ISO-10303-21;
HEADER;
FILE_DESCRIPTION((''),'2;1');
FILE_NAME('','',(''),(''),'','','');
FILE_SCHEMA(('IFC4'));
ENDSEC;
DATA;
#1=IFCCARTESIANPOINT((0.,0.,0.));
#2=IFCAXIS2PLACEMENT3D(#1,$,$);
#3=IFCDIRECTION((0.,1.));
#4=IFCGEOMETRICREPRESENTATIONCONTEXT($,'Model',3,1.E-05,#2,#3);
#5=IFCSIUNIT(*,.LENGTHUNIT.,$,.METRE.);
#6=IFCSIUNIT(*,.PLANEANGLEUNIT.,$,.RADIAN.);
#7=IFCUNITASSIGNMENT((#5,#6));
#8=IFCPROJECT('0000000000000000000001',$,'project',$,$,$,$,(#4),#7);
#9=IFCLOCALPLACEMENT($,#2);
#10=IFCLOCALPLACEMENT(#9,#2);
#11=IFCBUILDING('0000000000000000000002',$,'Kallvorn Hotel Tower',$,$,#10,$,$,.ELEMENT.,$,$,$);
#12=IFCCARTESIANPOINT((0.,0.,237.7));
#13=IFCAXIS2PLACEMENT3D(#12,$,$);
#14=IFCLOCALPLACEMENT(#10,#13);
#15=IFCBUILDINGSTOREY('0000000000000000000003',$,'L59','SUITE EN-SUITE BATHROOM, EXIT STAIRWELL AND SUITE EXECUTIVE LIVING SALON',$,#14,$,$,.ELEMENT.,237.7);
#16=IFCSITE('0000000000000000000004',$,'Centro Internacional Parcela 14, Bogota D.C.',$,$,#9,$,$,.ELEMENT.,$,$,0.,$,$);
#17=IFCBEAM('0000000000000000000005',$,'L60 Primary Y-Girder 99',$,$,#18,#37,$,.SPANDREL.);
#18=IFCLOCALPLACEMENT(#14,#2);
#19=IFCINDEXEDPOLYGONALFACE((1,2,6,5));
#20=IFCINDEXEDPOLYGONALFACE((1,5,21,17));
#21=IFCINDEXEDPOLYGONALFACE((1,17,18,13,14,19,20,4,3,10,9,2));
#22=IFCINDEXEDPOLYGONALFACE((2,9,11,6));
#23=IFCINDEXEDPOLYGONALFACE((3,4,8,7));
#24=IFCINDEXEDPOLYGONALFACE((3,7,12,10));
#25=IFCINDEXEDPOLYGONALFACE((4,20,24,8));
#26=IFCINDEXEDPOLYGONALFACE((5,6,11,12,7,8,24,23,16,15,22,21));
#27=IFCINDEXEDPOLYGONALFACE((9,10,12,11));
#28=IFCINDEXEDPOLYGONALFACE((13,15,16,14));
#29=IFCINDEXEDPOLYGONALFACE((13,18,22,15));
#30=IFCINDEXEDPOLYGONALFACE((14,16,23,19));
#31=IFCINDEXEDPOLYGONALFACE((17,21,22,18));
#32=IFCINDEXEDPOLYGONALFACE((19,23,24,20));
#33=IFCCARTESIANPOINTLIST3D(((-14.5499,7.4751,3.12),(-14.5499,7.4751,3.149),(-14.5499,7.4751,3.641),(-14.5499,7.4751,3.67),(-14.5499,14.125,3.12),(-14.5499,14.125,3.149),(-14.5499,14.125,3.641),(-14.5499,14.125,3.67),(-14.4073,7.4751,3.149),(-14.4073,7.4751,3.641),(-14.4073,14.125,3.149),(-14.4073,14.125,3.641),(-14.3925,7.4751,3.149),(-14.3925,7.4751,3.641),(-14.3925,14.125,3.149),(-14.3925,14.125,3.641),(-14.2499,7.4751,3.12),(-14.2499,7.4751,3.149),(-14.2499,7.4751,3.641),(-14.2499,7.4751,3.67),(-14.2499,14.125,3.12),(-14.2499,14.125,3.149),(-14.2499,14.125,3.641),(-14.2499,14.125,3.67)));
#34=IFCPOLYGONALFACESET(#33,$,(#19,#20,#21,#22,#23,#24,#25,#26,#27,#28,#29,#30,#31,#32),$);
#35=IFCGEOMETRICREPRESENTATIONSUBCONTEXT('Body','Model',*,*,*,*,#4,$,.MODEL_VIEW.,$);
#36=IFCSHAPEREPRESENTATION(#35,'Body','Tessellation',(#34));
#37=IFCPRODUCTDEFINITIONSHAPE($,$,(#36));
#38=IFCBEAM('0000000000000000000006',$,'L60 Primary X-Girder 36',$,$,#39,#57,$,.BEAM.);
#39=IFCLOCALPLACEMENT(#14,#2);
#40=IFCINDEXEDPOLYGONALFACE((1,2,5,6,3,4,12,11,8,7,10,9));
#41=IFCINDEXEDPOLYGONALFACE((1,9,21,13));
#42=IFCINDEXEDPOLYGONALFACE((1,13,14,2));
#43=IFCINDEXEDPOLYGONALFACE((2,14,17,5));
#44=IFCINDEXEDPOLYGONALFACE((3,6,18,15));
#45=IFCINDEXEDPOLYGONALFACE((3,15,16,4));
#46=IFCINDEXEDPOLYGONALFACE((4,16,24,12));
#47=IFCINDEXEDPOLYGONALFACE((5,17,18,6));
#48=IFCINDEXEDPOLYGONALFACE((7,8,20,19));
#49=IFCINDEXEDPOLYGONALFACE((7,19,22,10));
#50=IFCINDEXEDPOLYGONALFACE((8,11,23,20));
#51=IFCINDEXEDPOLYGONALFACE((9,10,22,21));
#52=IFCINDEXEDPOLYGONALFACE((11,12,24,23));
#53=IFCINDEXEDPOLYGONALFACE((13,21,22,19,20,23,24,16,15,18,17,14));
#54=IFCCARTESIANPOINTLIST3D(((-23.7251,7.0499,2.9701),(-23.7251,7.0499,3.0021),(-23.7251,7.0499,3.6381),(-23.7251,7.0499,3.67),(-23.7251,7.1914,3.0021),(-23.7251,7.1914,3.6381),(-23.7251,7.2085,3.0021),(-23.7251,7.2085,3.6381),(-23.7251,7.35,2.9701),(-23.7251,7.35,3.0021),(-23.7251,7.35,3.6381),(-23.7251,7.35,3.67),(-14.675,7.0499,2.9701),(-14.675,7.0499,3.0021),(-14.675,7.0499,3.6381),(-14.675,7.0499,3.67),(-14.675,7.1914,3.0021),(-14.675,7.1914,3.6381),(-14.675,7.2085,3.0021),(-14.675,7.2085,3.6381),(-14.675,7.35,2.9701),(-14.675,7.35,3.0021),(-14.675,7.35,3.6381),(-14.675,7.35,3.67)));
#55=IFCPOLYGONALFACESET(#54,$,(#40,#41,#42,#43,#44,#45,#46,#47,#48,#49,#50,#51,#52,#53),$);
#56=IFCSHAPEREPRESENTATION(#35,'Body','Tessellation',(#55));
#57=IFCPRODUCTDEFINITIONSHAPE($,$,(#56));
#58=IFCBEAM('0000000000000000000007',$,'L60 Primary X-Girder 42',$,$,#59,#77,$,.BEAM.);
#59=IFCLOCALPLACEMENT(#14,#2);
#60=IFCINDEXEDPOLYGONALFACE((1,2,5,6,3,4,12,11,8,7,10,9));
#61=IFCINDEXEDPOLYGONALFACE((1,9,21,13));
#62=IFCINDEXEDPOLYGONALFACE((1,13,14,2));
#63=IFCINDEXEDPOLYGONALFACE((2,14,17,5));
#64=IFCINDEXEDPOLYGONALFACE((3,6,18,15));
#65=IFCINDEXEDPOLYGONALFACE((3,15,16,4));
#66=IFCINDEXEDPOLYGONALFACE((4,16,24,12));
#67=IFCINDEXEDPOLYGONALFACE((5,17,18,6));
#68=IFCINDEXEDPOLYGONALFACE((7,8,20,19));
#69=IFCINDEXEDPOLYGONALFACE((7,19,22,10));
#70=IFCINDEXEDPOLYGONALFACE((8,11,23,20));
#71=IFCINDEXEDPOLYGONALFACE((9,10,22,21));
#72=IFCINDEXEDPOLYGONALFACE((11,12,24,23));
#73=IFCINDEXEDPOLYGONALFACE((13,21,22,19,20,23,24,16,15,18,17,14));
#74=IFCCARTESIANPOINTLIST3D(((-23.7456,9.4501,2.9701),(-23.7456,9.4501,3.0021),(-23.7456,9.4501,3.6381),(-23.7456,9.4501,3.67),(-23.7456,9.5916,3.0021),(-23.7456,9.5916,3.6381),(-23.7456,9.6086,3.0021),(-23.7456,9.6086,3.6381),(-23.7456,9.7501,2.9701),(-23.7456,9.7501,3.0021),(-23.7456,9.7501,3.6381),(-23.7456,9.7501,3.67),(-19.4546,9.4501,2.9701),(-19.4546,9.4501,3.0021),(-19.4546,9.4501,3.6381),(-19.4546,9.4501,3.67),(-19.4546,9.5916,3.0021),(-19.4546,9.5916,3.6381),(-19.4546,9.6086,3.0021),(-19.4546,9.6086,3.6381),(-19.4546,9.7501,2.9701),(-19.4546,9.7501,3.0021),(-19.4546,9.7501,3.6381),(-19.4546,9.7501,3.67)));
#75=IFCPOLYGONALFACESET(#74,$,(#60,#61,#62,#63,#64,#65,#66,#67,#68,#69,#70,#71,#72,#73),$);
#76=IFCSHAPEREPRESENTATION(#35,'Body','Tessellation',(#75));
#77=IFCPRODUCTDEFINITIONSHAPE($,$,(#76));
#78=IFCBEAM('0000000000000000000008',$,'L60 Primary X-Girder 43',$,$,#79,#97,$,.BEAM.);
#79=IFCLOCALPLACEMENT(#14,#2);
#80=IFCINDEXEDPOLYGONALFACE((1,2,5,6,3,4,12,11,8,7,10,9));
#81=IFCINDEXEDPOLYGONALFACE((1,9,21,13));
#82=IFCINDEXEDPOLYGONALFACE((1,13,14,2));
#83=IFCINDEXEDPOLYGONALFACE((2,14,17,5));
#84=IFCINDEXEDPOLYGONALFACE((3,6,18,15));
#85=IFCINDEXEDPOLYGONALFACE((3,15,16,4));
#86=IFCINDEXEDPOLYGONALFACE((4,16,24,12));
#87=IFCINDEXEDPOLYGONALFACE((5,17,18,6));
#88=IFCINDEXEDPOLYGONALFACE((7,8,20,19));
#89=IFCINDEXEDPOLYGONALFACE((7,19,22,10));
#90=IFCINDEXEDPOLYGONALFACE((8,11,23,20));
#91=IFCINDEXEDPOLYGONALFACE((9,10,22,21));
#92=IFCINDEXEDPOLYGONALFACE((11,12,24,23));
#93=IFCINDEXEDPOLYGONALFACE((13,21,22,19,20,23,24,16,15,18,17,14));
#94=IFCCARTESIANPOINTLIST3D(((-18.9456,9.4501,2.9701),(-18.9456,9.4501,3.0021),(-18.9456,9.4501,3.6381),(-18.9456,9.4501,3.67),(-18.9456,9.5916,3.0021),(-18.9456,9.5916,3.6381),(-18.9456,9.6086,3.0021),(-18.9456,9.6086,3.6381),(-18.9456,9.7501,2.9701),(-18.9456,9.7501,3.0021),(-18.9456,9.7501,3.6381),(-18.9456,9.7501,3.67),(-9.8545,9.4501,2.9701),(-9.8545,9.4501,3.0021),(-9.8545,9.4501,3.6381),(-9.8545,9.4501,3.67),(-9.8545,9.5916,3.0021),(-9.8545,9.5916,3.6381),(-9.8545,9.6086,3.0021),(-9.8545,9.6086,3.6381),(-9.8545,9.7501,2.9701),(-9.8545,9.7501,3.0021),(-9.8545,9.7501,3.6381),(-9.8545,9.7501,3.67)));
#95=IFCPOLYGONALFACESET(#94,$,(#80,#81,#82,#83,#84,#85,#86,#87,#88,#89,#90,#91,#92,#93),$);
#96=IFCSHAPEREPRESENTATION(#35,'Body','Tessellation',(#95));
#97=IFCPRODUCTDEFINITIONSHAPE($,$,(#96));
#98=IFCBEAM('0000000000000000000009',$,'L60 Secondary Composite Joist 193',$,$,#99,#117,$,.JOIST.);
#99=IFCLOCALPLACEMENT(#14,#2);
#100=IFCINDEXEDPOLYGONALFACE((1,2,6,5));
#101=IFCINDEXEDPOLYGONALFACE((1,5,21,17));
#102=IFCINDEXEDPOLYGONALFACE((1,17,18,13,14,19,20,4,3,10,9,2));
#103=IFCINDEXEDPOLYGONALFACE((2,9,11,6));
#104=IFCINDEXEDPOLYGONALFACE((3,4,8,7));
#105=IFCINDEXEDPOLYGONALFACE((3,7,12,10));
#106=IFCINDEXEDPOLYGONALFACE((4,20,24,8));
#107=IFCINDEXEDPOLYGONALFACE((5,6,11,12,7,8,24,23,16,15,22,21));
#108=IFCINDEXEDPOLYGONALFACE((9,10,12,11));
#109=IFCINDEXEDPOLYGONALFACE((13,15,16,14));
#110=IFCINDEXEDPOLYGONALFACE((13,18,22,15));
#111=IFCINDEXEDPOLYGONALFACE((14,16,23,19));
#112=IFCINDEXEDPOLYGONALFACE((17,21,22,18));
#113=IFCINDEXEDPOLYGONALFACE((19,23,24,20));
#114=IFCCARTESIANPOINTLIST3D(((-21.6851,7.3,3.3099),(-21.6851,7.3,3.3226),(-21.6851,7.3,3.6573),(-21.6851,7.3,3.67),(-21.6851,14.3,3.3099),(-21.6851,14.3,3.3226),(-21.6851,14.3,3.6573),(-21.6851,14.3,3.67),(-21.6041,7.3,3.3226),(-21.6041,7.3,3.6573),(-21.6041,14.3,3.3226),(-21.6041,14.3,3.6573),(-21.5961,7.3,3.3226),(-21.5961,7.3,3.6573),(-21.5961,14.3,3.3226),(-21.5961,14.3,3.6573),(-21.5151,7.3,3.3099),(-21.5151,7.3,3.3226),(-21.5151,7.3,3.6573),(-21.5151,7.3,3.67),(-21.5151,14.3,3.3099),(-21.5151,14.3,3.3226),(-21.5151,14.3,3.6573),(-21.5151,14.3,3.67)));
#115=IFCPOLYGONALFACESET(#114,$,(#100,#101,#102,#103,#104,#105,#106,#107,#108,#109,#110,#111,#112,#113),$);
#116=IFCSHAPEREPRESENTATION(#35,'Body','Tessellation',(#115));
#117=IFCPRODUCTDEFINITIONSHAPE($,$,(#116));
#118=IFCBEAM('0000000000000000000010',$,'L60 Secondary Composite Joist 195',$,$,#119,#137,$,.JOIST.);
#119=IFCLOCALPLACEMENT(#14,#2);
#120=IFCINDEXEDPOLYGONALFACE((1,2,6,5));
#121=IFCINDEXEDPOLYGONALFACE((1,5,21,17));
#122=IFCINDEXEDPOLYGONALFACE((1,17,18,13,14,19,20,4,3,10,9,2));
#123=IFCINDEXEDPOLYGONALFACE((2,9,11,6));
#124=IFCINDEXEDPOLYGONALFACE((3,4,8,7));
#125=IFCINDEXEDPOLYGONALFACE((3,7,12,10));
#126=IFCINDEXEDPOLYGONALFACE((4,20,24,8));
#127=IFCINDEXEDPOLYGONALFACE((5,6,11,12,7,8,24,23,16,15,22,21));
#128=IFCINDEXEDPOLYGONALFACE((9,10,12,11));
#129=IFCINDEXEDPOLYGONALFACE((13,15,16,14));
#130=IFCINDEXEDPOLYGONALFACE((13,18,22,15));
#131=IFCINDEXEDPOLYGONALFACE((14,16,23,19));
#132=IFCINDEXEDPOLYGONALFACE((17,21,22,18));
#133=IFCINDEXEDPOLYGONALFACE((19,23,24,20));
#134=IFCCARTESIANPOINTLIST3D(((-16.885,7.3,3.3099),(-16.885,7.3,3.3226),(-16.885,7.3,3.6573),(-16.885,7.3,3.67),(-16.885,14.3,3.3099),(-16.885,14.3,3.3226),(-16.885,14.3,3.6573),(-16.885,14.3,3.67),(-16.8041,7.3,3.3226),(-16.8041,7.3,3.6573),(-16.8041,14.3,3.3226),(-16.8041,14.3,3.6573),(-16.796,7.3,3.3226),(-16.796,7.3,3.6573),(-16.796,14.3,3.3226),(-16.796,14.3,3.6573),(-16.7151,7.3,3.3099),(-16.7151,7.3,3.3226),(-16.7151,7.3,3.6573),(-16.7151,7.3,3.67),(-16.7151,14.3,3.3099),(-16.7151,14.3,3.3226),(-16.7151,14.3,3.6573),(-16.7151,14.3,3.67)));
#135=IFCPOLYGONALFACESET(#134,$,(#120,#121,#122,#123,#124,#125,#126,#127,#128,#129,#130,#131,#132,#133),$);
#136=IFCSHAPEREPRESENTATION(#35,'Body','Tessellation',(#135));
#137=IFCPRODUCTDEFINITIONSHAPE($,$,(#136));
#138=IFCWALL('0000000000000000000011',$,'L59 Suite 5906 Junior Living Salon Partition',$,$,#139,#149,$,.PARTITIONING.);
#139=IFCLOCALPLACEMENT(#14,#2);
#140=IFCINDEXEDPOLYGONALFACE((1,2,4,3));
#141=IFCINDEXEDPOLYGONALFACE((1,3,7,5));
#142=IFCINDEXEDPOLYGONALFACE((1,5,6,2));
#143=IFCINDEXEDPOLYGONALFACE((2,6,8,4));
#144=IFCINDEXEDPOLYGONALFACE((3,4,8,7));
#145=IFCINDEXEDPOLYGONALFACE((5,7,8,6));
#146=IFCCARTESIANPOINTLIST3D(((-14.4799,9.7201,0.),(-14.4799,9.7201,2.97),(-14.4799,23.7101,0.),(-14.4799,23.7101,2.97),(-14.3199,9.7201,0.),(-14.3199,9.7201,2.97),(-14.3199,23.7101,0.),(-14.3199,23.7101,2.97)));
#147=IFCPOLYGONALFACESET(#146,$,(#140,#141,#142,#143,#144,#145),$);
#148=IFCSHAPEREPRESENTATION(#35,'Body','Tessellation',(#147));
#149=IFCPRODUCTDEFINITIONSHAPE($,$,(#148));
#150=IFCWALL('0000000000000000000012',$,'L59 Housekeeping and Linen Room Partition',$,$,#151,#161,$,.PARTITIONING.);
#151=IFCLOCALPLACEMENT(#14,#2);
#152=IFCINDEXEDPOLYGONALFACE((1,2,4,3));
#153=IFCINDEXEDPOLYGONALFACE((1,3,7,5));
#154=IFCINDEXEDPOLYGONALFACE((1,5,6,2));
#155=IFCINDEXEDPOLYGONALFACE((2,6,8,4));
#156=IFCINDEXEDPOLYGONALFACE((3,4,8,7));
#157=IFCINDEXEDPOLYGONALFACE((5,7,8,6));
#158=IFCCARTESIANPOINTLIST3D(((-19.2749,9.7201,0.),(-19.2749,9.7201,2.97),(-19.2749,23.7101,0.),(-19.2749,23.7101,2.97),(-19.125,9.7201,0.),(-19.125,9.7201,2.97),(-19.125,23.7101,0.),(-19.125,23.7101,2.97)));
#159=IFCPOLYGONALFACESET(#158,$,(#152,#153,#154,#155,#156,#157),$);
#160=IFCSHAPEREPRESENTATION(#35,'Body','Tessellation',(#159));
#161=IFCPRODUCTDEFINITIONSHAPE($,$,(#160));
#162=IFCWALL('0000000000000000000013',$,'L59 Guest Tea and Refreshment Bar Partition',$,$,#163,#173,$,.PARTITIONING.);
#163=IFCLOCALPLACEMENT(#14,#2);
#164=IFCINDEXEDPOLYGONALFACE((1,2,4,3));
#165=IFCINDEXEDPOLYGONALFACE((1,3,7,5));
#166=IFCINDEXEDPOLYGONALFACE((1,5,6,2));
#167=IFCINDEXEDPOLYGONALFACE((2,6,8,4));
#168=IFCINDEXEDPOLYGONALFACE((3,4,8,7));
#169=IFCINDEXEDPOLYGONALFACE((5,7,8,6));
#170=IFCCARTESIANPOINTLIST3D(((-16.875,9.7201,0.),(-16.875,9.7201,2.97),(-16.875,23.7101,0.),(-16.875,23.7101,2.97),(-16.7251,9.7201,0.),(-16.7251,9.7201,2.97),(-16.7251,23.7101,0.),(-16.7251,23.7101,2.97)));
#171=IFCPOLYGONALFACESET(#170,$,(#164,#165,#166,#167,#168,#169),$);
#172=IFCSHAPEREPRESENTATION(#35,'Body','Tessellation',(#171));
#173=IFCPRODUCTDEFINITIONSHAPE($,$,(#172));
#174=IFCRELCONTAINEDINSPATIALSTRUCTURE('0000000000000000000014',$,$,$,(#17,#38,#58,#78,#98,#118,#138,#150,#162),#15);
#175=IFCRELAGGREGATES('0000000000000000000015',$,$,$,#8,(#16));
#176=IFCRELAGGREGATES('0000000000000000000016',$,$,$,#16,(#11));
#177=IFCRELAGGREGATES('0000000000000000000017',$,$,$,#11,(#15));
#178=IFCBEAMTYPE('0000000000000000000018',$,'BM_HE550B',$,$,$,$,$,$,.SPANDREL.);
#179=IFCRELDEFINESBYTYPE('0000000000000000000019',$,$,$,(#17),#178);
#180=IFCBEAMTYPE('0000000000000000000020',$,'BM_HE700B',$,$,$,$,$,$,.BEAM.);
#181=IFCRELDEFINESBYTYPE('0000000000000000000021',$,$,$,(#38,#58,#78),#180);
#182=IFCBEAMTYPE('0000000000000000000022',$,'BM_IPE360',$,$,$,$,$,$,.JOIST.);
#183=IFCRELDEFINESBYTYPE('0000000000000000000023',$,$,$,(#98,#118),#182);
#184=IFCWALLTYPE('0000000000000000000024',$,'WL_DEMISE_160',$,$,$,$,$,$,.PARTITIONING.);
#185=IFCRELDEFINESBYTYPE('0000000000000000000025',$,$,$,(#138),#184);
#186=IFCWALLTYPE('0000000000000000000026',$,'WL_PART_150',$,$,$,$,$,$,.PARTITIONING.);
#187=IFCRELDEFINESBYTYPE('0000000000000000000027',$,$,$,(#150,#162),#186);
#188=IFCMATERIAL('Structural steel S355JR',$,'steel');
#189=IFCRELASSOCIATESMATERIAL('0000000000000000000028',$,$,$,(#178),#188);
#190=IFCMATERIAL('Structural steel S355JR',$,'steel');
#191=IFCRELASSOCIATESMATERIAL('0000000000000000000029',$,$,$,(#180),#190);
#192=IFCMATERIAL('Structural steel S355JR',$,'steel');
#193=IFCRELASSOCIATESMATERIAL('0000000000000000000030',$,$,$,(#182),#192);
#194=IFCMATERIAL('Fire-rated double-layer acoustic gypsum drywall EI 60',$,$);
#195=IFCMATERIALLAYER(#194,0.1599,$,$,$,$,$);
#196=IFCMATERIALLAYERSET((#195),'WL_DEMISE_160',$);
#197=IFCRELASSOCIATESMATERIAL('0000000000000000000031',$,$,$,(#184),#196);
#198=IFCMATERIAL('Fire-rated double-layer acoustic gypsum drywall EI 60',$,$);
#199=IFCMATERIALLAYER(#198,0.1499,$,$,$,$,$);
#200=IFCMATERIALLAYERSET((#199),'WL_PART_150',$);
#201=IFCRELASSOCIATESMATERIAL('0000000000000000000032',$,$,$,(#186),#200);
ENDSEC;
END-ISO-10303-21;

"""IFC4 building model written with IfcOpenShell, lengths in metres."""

from ifc_helpers import new_model, si_unit, direction, frame, frame_2d, origin, origin_2d, place, context, subcontext, project, spatial, rectangle, i_section, extrude, material, layer, layer_set, material_profile, profile_set, type_object, element, save


model = new_model("IFC4")

# Units and contexts
model_context = context("Model", 3, precision=1e-05, world=origin(), true_north=direction((0.0, 1.0)))
body_context = subcontext(model_context, "Body", "Model", "MODEL_VIEW")
ifc_project = project(units=[si_unit("LENGTHUNIT", "METRE"), si_unit("PLANEANGLEUNIT", "RADIAN")], contexts=[model_context])

# Site, building, storey
site_placement = place(None, origin())
site = spatial("IfcSite", under=ifc_project, at=site_placement, Name="Centro Internacional Parcela 14, Bogota D.C.", CompositionType="ELEMENT", RefElevation=0.0)
building_placement = place(site_placement, origin())
building = spatial("IfcBuilding", under=site, at=building_placement, Name="Kallvorn Hotel Tower", CompositionType="ELEMENT")
storey_placement = place(building_placement, frame((0.0, 0.0, 237.7)))
storey = spatial("IfcBuildingStorey", under=building, at=storey_placement, Name="L59", Description="SUITE EN-SUITE BATHROOM, EXIT STAIRWELL AND SUITE EXECUTIVE LIVING SALON", CompositionType="ELEMENT", Elevation=237.7)

# Beams
ifc_material_1 = material(Name="Structural steel S355JR", Category="steel")
ifc_material_profile_1 = material_profile(ifc_material_1, i_section(OverallWidth=0.3, OverallDepth=0.55, WebThickness=0.0149, FlangeThickness=0.0291, at=origin_2d()), Name="HE 550 B")
ifc_profile_set_1 = profile_set([ifc_material_profile_1], Name="Structural steel S355JR")
beam_type_1 = type_object("IfcBeamType", Name="BM_HE550B", PredefinedType="SPANDREL", material=ifc_profile_set_1)
beam_1_placement = place(storey_placement, frame((-14.3999, 7.4751, 3.395), z_axis=(0.0, 1.0, 0.0), x_axis=(-1.0, 0.0, 0.0)))
element("IfcBeam", 1, at=beam_1_placement, inside=storey, type_object=beam_type_1, Name="L60 Primary Y-Girder 99", PredefinedType="SPANDREL", context=body_context, shape_type="SweptSolid", body=[
    extrude(i_section(OverallWidth=0.3, OverallDepth=0.55, WebThickness=0.0149, FlangeThickness=0.0291, at=origin_2d()), origin(), (0.0, 0.0, 1.0), 6.6499),
])
ifc_material_2 = material(Name="Structural steel S355JR", Category="steel")
ifc_material_profile_2 = material_profile(ifc_material_2, i_section(OverallWidth=0.3, OverallDepth=0.7, WebThickness=0.0171, FlangeThickness=0.032, at=origin_2d()), Name="HE 700 B")
ifc_profile_set_2 = profile_set([ifc_material_profile_2], Name="Structural steel S355JR")
beam_type_2 = type_object("IfcBeamType", Name="BM_HE700B", PredefinedType="BEAM", material=ifc_profile_set_2)
beam_2_placement = place(storey_placement, frame((-23.7251, 7.2, 3.3201), z_axis=(1.0, 0.0, 0.0), x_axis=(0.0, 1.0, 0.0)))
element("IfcBeam", 2, at=beam_2_placement, inside=storey, type_object=beam_type_2, Name="L60 Primary X-Girder 36", PredefinedType="BEAM", context=body_context, shape_type="SweptSolid", body=[
    extrude(i_section(OverallWidth=0.3, OverallDepth=0.7, WebThickness=0.0171, FlangeThickness=0.032, at=origin_2d()), origin(), (0.0, 0.0, 1.0), 9.05),
])
beam_3_placement = place(storey_placement, frame((-23.7456, 9.6001, 3.3201), z_axis=(1.0, 0.0, 0.0), x_axis=(0.0, 1.0, 0.0)))
element("IfcBeam", 3, at=beam_3_placement, inside=storey, type_object=beam_type_2, Name="L60 Primary X-Girder 42", PredefinedType="BEAM", context=body_context, shape_type="SweptSolid", body=[
    extrude(i_section(OverallWidth=0.3, OverallDepth=0.7, WebThickness=0.0171, FlangeThickness=0.032, at=origin_2d()), origin(), (0.0, 0.0, 1.0), 4.291),
])
beam_4_placement = place(storey_placement, frame((-18.9456, 9.6001, 3.3201), z_axis=(1.0, 0.0, 0.0), x_axis=(0.0, 1.0, 0.0)))
element("IfcBeam", 4, at=beam_4_placement, inside=storey, type_object=beam_type_2, Name="L60 Primary X-Girder 43", PredefinedType="BEAM", context=body_context, shape_type="SweptSolid", body=[
    extrude(i_section(OverallWidth=0.3, OverallDepth=0.7, WebThickness=0.0171, FlangeThickness=0.032, at=origin_2d()), origin(), (0.0, 0.0, 1.0), 9.0911),
])
ifc_material_3 = material(Name="Structural steel S355JR", Category="steel")
ifc_material_profile_3 = material_profile(ifc_material_3, i_section(OverallWidth=0.1699, OverallDepth=0.3601, WebThickness=0.0081, FlangeThickness=0.0127, at=origin_2d()), Name="IPE 360")
ifc_profile_set_3 = profile_set([ifc_material_profile_3], Name="Structural steel S355JR")
beam_type_3 = type_object("IfcBeamType", Name="BM_IPE360", PredefinedType="JOIST", material=ifc_profile_set_3)
for number, where, z_axis, x_axis, name in (
    (5, (-21.6001, 7.3, 3.49), (0.0, 1.0, 0.0), (-1.0, 0.0, 0.0), "L60 Secondary Composite Joist 193"),
    (6, (-16.8, 7.3, 3.49), (0.0, 1.0, 0.0), (-1.0, 0.0, 0.0), "L60 Secondary Composite Joist 195"),
):
    element("IfcBeam", number, at=place(storey_placement, frame(where, z_axis=z_axis, x_axis=x_axis)), inside=storey, type_object=beam_type_3, Name=name, PredefinedType="JOIST", context=body_context, shape_type="SweptSolid", body=[
        extrude(i_section(OverallWidth=0.1699, OverallDepth=0.3601, WebThickness=0.0081, FlangeThickness=0.0127, at=origin_2d()), origin(), (0.0, 0.0, 1.0), 7.0),
    ])

# Shared definitions
ifc_material_4 = material(Name="Fire-rated double-layer acoustic gypsum drywall EI 60")
ifc_layer_1 = layer(ifc_material_4, 0.1599)
ifc_layer_set_1 = layer_set([ifc_layer_1], Name="WL_DEMISE_160")
wall_type_1 = type_object("IfcWallType", Name="WL_DEMISE_160", PredefinedType="PARTITIONING", material=ifc_layer_set_1)

# Walls
wall_1_placement = place(storey_placement, frame((-14.3999, 9.72, 0.0), z_axis=(0.0, 0.0, 1.0), x_axis=(0.0, 1.0, 0.0)))
element("IfcWall", 7, at=wall_1_placement, inside=storey, type_object=wall_type_1, Name="L59 Suite 5906 Junior Living Salon Partition", PredefinedType="PARTITIONING", context=body_context, shape_type="SweptSolid", body=[
    extrude(rectangle(XDim=13.99, YDim=0.1599, at=frame_2d((6.9951, 0.0))), origin(), (0.0, 0.0, 1.0), 2.97),
])
ifc_material_5 = material(Name="Fire-rated double-layer acoustic gypsum drywall EI 60")
ifc_layer_2 = layer(ifc_material_5, 0.1499)
ifc_layer_set_2 = layer_set([ifc_layer_2], Name="WL_PART_150")
wall_type_2 = type_object("IfcWallType", Name="WL_PART_150", PredefinedType="PARTITIONING", material=ifc_layer_set_2)
for number, where, z_axis, x_axis, name in (
    (8, (-19.2, 9.72, 0.0), (0.0, 0.0, 1.0), (0.0, 1.0, 0.0), "L59 Housekeeping and Linen Room Partition"),
    (9, (-16.8, 9.72, 0.0), (0.0, 0.0, 1.0), (0.0, 1.0, 0.0), "L59 Guest Tea and Refreshment Bar Partition"),
):
    element("IfcWall", number, at=place(storey_placement, frame(where, z_axis=z_axis, x_axis=x_axis)), inside=storey, type_object=wall_type_2, Name=name, PredefinedType="PARTITIONING", context=body_context, shape_type="SweptSolid", body=[
        extrude(rectangle(XDim=13.99, YDim=0.1499, at=frame_2d((6.9951, 0.0))), origin(), (0.0, 0.0, 1.0), 2.97),
    ])

save(model, "model.ifc")
